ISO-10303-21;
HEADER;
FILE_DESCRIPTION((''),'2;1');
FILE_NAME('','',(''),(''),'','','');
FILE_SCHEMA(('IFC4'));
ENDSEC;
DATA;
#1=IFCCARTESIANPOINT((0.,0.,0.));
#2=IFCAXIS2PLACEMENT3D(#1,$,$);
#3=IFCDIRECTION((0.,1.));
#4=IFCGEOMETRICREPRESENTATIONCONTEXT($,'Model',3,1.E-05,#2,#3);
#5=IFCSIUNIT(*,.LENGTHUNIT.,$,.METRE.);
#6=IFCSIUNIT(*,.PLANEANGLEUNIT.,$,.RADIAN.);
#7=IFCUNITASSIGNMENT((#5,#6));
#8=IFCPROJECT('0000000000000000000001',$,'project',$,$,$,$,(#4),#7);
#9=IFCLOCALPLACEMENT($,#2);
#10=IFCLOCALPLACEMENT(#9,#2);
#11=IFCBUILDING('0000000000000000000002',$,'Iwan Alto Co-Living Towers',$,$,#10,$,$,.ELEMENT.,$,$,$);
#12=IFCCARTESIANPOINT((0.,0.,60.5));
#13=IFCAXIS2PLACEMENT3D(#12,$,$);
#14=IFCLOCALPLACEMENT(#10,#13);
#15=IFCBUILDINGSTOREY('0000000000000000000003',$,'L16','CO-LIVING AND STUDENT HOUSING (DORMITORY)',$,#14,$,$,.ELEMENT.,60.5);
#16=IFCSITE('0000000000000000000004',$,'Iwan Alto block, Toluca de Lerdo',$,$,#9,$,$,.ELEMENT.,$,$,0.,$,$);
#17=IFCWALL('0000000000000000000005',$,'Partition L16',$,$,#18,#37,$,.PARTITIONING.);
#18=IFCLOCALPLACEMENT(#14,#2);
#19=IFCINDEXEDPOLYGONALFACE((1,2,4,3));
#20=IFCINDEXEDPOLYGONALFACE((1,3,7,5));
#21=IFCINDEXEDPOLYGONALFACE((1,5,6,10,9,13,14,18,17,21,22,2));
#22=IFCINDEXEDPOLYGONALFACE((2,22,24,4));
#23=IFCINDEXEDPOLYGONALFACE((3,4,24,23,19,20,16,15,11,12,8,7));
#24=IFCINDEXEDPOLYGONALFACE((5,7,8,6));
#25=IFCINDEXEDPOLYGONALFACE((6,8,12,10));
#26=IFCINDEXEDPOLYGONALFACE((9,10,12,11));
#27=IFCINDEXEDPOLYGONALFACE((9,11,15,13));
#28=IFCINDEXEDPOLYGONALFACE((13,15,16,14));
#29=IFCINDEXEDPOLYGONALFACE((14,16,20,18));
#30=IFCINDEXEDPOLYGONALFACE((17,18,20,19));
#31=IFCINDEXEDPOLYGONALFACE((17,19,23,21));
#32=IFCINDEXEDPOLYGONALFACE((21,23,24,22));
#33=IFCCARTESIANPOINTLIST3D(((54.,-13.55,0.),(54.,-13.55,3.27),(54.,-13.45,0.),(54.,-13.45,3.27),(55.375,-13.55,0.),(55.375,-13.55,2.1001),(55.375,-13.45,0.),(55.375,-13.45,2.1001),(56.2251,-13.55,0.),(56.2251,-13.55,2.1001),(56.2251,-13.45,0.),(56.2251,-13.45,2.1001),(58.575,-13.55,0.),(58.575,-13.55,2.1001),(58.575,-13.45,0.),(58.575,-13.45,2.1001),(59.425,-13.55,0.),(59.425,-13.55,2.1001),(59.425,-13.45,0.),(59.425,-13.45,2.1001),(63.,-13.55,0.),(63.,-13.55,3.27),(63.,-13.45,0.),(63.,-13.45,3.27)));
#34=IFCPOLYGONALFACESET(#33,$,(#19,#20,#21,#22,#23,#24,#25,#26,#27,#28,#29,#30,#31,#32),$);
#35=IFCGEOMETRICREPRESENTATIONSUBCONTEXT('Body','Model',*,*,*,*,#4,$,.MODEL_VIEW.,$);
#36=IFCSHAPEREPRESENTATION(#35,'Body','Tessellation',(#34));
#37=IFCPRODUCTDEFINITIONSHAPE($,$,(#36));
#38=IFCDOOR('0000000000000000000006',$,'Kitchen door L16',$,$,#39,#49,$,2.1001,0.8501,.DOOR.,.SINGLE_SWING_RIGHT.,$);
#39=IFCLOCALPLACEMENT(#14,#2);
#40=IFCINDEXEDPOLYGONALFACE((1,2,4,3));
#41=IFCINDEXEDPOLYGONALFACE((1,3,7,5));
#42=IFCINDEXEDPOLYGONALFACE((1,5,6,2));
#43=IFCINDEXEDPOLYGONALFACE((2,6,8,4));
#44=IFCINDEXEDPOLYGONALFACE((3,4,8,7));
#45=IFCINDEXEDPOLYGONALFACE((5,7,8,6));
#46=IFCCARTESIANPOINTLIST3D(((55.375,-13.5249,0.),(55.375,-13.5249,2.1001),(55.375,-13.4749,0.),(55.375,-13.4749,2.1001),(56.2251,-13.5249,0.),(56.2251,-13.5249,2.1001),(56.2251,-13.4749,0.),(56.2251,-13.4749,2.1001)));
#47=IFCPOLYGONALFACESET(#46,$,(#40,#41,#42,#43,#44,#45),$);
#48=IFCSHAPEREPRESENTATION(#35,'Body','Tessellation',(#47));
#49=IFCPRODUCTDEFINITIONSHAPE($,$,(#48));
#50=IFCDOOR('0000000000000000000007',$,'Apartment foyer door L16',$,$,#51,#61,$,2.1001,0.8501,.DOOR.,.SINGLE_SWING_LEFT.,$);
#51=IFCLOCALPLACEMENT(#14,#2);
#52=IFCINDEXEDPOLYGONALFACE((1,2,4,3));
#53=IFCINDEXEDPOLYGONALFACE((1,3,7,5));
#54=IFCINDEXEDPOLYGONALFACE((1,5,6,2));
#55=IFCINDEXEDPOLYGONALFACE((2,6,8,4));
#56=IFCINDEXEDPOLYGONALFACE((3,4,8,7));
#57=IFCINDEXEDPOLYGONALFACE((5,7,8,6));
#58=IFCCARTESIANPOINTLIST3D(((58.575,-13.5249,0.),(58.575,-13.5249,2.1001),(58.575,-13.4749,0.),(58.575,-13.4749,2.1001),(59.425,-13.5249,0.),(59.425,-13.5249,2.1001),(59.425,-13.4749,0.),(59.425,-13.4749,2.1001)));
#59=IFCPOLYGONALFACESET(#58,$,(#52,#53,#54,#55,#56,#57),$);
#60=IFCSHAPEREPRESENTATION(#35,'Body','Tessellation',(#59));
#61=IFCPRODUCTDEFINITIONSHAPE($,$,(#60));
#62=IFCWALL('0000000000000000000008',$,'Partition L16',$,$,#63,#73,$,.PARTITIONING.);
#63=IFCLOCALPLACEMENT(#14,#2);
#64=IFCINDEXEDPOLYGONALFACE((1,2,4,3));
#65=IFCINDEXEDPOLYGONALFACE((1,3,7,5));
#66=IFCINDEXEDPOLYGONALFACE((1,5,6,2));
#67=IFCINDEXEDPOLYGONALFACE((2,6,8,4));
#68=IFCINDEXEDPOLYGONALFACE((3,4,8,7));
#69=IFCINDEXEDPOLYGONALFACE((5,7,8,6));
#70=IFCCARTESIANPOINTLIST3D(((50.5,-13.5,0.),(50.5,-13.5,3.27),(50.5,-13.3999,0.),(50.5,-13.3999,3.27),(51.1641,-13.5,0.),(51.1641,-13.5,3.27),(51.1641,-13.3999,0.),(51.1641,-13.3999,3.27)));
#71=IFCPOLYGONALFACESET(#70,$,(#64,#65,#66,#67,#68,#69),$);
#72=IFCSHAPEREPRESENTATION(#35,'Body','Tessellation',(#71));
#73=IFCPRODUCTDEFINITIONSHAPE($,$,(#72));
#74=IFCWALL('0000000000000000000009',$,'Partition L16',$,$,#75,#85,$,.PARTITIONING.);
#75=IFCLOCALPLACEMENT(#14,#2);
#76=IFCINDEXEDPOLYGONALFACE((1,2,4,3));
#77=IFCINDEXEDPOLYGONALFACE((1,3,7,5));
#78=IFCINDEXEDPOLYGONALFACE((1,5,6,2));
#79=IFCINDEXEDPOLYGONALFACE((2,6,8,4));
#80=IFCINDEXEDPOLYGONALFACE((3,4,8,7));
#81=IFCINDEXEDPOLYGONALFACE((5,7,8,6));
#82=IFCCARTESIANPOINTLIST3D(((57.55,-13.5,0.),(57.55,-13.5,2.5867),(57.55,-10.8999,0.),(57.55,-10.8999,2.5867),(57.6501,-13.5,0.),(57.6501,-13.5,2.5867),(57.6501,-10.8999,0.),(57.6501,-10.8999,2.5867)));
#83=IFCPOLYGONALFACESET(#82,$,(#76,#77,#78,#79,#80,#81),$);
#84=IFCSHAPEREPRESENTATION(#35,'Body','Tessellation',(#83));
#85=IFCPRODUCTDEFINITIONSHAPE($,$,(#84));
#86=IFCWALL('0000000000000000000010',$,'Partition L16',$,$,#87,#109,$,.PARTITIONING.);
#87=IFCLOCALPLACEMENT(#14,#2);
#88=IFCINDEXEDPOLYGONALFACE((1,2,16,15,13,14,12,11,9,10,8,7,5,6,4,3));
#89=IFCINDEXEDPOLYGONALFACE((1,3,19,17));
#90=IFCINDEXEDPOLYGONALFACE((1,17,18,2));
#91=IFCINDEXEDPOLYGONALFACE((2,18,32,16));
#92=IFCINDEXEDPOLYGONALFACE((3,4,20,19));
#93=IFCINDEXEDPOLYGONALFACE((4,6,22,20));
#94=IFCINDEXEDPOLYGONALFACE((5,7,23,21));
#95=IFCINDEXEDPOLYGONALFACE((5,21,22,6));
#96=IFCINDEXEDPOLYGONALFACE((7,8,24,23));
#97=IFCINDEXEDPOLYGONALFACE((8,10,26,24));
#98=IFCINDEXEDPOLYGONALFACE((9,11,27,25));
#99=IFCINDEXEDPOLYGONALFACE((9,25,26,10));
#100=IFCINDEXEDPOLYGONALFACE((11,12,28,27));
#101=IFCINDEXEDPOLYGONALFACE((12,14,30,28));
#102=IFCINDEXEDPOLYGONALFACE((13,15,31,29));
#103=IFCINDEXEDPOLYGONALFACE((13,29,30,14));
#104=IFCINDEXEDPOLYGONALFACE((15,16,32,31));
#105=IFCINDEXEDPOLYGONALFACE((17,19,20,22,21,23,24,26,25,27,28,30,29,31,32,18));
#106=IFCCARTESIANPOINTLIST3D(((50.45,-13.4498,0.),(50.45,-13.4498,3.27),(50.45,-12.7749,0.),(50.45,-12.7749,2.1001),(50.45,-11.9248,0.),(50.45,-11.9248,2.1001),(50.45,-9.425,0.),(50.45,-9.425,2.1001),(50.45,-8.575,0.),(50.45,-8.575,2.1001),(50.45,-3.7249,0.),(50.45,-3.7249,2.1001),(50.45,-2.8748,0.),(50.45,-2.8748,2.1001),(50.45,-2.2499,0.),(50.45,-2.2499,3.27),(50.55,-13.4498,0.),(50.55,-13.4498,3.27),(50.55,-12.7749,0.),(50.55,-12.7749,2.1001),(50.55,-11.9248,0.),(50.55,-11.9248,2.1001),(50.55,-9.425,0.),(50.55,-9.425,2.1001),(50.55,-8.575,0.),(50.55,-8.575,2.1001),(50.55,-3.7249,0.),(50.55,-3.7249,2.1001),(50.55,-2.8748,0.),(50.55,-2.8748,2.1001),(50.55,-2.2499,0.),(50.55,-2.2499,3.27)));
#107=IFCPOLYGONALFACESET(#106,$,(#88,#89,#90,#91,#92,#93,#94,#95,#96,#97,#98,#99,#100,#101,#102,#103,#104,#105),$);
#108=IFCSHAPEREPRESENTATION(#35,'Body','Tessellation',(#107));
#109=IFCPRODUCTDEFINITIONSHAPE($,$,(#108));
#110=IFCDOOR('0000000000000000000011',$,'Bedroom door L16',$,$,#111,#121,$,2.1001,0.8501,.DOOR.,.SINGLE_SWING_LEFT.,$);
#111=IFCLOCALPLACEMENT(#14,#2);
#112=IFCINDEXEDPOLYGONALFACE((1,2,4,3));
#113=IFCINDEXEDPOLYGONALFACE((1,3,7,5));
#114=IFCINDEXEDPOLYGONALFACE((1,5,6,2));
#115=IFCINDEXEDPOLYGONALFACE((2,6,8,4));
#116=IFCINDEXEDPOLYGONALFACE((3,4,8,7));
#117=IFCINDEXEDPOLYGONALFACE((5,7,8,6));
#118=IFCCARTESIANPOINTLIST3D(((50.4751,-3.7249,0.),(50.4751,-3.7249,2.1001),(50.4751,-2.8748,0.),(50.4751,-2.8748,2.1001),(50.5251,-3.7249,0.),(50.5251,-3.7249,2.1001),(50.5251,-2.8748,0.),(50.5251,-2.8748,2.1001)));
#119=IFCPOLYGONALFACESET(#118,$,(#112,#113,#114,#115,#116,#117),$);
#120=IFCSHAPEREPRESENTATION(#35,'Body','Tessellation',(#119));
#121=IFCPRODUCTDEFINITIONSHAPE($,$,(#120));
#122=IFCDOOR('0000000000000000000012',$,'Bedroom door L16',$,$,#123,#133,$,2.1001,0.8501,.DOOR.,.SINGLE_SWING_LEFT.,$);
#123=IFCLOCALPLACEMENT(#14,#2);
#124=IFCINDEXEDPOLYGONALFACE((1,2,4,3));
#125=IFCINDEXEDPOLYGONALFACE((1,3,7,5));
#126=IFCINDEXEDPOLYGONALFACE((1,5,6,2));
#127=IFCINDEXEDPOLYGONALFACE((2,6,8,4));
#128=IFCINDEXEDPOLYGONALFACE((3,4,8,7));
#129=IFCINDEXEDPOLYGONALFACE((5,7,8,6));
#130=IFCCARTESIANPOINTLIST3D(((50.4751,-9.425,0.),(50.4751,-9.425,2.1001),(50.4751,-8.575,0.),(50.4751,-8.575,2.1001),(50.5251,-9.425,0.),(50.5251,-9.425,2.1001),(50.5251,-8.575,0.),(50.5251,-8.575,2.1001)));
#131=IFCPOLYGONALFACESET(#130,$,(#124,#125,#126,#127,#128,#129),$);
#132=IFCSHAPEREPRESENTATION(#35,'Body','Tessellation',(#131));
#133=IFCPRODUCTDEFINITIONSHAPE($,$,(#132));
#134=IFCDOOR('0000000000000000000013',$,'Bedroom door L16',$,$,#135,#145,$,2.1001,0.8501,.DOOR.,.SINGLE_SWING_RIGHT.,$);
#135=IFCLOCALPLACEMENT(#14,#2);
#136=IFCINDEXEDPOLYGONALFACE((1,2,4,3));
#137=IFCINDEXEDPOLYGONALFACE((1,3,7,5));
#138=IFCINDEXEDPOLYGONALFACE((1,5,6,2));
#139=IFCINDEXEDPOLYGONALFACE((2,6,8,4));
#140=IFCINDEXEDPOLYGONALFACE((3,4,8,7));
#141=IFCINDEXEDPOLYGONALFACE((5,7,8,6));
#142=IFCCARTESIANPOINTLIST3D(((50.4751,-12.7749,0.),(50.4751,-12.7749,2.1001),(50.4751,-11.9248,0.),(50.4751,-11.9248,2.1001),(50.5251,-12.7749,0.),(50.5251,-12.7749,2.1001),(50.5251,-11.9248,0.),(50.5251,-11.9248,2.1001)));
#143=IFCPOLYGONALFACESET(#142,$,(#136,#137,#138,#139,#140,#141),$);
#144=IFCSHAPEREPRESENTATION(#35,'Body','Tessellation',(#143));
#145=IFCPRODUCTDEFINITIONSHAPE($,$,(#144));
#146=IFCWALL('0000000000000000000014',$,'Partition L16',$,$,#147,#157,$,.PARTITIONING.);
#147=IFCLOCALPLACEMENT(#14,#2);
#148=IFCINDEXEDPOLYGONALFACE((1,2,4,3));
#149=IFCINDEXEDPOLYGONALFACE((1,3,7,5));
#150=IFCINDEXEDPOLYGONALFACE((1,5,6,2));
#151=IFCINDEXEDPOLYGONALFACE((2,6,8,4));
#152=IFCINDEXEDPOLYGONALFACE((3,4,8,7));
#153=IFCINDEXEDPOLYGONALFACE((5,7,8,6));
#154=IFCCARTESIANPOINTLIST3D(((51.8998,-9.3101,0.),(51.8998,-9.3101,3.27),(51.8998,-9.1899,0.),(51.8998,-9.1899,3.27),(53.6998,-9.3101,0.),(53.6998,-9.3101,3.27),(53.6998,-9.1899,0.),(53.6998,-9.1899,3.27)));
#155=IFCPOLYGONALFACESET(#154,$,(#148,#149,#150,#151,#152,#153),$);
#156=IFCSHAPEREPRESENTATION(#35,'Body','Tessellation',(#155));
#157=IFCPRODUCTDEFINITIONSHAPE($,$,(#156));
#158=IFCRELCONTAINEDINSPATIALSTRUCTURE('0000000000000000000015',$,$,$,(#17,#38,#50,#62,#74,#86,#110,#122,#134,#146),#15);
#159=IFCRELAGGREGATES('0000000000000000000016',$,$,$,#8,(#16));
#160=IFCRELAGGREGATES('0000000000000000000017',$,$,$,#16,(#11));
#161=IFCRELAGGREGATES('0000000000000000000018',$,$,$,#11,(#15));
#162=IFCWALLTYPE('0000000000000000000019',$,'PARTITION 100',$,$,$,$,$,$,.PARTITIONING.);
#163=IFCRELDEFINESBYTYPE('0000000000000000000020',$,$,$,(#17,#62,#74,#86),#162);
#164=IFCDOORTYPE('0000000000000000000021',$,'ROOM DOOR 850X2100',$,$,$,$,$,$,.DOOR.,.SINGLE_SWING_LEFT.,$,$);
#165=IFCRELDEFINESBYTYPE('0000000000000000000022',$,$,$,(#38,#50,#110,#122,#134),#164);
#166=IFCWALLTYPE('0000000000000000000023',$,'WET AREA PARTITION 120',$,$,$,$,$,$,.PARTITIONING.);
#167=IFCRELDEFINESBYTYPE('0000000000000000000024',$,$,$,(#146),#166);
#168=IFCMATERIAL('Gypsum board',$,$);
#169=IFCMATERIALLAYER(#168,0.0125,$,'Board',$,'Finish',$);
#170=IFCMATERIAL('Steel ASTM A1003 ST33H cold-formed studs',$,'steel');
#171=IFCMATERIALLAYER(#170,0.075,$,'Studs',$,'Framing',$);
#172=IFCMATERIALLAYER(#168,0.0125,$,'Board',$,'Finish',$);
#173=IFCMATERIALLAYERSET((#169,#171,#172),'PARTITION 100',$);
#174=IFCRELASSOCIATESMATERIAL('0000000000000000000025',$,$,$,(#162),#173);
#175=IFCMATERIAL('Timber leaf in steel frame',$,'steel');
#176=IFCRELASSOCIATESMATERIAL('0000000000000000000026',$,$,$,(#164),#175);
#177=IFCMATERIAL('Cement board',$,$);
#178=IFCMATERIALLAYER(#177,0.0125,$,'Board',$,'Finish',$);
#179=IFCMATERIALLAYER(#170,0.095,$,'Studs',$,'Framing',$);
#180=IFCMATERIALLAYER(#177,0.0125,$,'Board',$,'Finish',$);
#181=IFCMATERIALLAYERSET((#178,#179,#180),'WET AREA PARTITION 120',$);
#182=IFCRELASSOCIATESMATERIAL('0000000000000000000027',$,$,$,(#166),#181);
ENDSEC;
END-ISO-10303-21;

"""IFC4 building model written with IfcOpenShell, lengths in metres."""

from ifc_helpers import new_model, si_unit, direction, frame, frame_2d, origin, place, context, subcontext, project, spatial, rectangle, extrude, material, layer, layer_set, type_object, element, fill, save


model = new_model("IFC4")

# Units and contexts
model_context = context("Model", 3, precision=1e-05, world=origin(), true_north=direction((0.0, 1.0)))
body_context = subcontext(model_context, "Body", "Model", "MODEL_VIEW")
ifc_project = project(units=[si_unit("LENGTHUNIT", "METRE"), si_unit("PLANEANGLEUNIT", "RADIAN")], contexts=[model_context])

# Site, building, storey
site_placement = place(None, origin())
site = spatial("IfcSite", under=ifc_project, at=site_placement, Name="Iwan Alto block, Toluca de Lerdo", CompositionType="ELEMENT", RefElevation=0.0)
building_placement = place(site_placement, origin())
building = spatial("IfcBuilding", under=site, at=building_placement, Name="Iwan Alto Co-Living Towers", CompositionType="ELEMENT")
storey_placement = place(building_placement, frame((0.0, 0.0, 60.5)))
storey = spatial("IfcBuildingStorey", under=building, at=storey_placement, Name="L16", Description="CO-LIVING AND STUDENT HOUSING (DORMITORY)", CompositionType="ELEMENT", Elevation=60.5)

# Wall, openings, doors
ifc_material_1 = material(Name="Gypsum board")
ifc_material_2 = material(Name="Steel ASTM A1003 ST33H cold-formed studs", Category="steel")
ifc_layer_1 = layer(ifc_material_1, 0.0125, Name="Board", Category="Finish")
ifc_layer_2 = layer(ifc_material_2, 0.075, Name="Studs", Category="Framing")
ifc_layer_3 = layer(ifc_material_1, 0.0125, Name="Board", Category="Finish")
ifc_layer_set_1 = layer_set([ifc_layer_1, ifc_layer_2, ifc_layer_3], Name="PARTITION 100")
wall_type_1 = type_object("IfcWallType", Name="PARTITION 100", PredefinedType="PARTITIONING", material=ifc_layer_set_1)
wall_1_placement = place(storey_placement, frame((54.0, -13.5, 0.0), z_axis=(0.0, 0.0, 1.0), x_axis=(1.0, 0.0, 0.0)))
wall_1 = element("IfcWall", 1, at=wall_1_placement, inside=storey, type_object=wall_type_1, Name="Partition L16", PredefinedType="PARTITIONING", context=body_context, shape_type="SweptSolid", body=[
    extrude(rectangle(XDim=9.0, YDim=0.1001, at=frame_2d((4.5, 0.0))), origin(), (0.0, 0.0, 1.0), 3.27),
])
opening_1_placement = place(wall_1_placement, frame((1.375, 0.0, 0.0)))
opening_1 = element("IfcOpeningElement", 2, at=opening_1_placement, cuts=wall_1, PredefinedType="OPENING", context=body_context, shape_type="SweptSolid", body=[
    extrude(rectangle(XDim=0.8501, YDim=2.1001, at=frame_2d((0.425, 1.05))), frame((0.0, 0.0601, 0.0), z_axis=(0.0, -1.0, 0.0), x_axis=(1.0, 0.0, 0.0)), (0.0, 0.0, 1.0), 0.1201),
])
opening_2_placement = place(wall_1_placement, frame((4.575, 0.0, 0.0)))
opening_2 = element("IfcOpeningElement", 3, at=opening_2_placement, cuts=wall_1, PredefinedType="OPENING", context=body_context, shape_type="SweptSolid", body=[
    extrude(rectangle(XDim=0.8501, YDim=2.1001, at=frame_2d((0.425, 1.05))), frame((0.0, 0.0601, 0.0), z_axis=(0.0, -1.0, 0.0), x_axis=(1.0, 0.0, 0.0)), (0.0, 0.0, 1.0), 0.1201),
])
ifc_material_3 = material(Name="Timber leaf in steel frame", Category="steel")
door_type_1 = type_object("IfcDoorType", Name="ROOM DOOR 850X2100", OperationType="SINGLE_SWING_LEFT", PredefinedType="DOOR", material=ifc_material_3)
door_1_placement = place(opening_1_placement, frame((0.8501, 0.0, 0.0), z_axis=(0.0, 0.0, 1.0), x_axis=(-1.0, 0.0, 0.0)))
door_1 = element("IfcDoor", 4, at=door_1_placement, inside=storey, type_object=door_type_1, Name="Kitchen door L16", OperationType="SINGLE_SWING_RIGHT", OverallHeight=2.1001, OverallWidth=0.8501, PredefinedType="DOOR", context=body_context, shape_type="SweptSolid", body=[
    extrude(rectangle(XDim=0.8501, YDim=2.1001, at=frame_2d((0.425, 1.05))), frame((0.0, 0.0249, 0.0), z_axis=(0.0, -1.0, 0.0), x_axis=(1.0, 0.0, 0.0)), (0.0, 0.0, 1.0), 0.05),
])
fill(opening_1, door_1)
door_2_placement = place(opening_2_placement, frame((0.8501, 0.0, 0.0), z_axis=(0.0, 0.0, 1.0), x_axis=(-1.0, 0.0, 0.0)))
door_2 = element("IfcDoor", 5, at=door_2_placement, inside=storey, type_object=door_type_1, Name="Apartment foyer door L16", OperationType="SINGLE_SWING_LEFT", OverallHeight=2.1001, OverallWidth=0.8501, PredefinedType="DOOR", context=body_context, shape_type="SweptSolid", body=[
    extrude(rectangle(XDim=0.8501, YDim=2.1001, at=frame_2d((0.425, 1.05))), frame((0.0, 0.0249, 0.0), z_axis=(0.0, -1.0, 0.0), x_axis=(1.0, 0.0, 0.0)), (0.0, 0.0, 1.0), 0.05),
])
fill(opening_2, door_2)

# Walls
wall_2_placement = place(storey_placement, frame((50.5, -13.45, 0.0), z_axis=(0.0, 0.0, 1.0), x_axis=(1.0, 0.0, 0.0)))
element("IfcWall", 6, at=wall_2_placement, inside=storey, type_object=wall_type_1, Name="Partition L16", PredefinedType="PARTITIONING", context=body_context, shape_type="SweptSolid", body=[
    extrude(rectangle(XDim=0.6641, YDim=0.1001, at=frame_2d((0.332, 0.0))), origin(), (0.0, 0.0, 1.0), 3.27),
])
wall_3_placement = place(storey_placement, frame((57.6001, -13.5, 0.0), z_axis=(0.0, 0.0, 1.0), x_axis=(0.0, 1.0, 0.0)))
element("IfcWall", 7, at=wall_3_placement, inside=storey, type_object=wall_type_1, Name="Partition L16", PredefinedType="PARTITIONING", context=body_context, shape_type="SweptSolid", body=[
    extrude(rectangle(XDim=2.6001, YDim=0.1001, at=frame_2d((1.3, 0.0))), origin(), (0.0, 0.0, 1.0), 2.5867),
])

# Wall, openings, doors
wall_4_placement = place(storey_placement, frame((50.5, -13.45, 0.0), z_axis=(0.0, 0.0, 1.0), x_axis=(0.0, 1.0, 0.0)))
wall_4 = element("IfcWall", 8, at=wall_4_placement, inside=storey, type_object=wall_type_1, Name="Partition L16", PredefinedType="PARTITIONING", context=body_context, shape_type="SweptSolid", body=[
    extrude(rectangle(XDim=11.2, YDim=0.1001, at=frame_2d((5.6001, 0.0))), origin(), (0.0, 0.0, 1.0), 3.27),
])
opening_3_placement = place(wall_4_placement, frame((9.7251, 0.0, 0.0)))
opening_3 = element("IfcOpeningElement", 9, at=opening_3_placement, cuts=wall_4, PredefinedType="OPENING", context=body_context, shape_type="SweptSolid", body=[
    extrude(rectangle(XDim=0.8501, YDim=2.1001, at=frame_2d((0.425, 1.05))), frame((0.0, 0.0601, 0.0), z_axis=(0.0, -1.0, 0.0), x_axis=(1.0, 0.0, 0.0)), (0.0, 0.0, 1.0), 0.1201),
])
opening_4_placement = place(wall_4_placement, frame((4.0249, 0.0, 0.0)))
opening_4 = element("IfcOpeningElement", 10, at=opening_4_placement, cuts=wall_4, PredefinedType="OPENING", context=body_context, shape_type="SweptSolid", body=[
    extrude(rectangle(XDim=0.8501, YDim=2.1001, at=frame_2d((0.425, 1.05))), frame((0.0, 0.0601, 0.0), z_axis=(0.0, -1.0, 0.0), x_axis=(1.0, 0.0, 0.0)), (0.0, 0.0, 1.0), 0.1201),
])
opening_5_placement = place(wall_4_placement, frame((0.675, 0.0, 0.0)))
opening_5 = element("IfcOpeningElement", 11, at=opening_5_placement, cuts=wall_4, PredefinedType="OPENING", context=body_context, shape_type="SweptSolid", body=[
    extrude(rectangle(XDim=0.8501, YDim=2.1001, at=frame_2d((0.425, 1.05))), frame((0.0, 0.0601, 0.0), z_axis=(0.0, -1.0, 0.0), x_axis=(1.0, 0.0, 0.0)), (0.0, 0.0, 1.0), 0.1201),
])
door_3_placement = place(opening_3_placement, origin())
door_3 = element("IfcDoor", 12, at=door_3_placement, inside=storey, type_object=door_type_1, Name="Bedroom door L16", OperationType="SINGLE_SWING_LEFT", OverallHeight=2.1001, OverallWidth=0.8501, PredefinedType="DOOR", context=body_context, shape_type="SweptSolid", body=[
    extrude(rectangle(XDim=0.8501, YDim=2.1001, at=frame_2d((0.425, 1.05))), frame((0.0, 0.0249, 0.0), z_axis=(0.0, -1.0, 0.0), x_axis=(1.0, 0.0, 0.0)), (0.0, 0.0, 1.0), 0.05),
])
fill(opening_3, door_3)
door_4_placement = place(opening_4_placement, origin())
door_4 = element("IfcDoor", 13, at=door_4_placement, inside=storey, type_object=door_type_1, Name="Bedroom door L16", OperationType="SINGLE_SWING_LEFT", OverallHeight=2.1001, OverallWidth=0.8501, PredefinedType="DOOR", context=body_context, shape_type="SweptSolid", body=[
    extrude(rectangle(XDim=0.8501, YDim=2.1001, at=frame_2d((0.425, 1.05))), frame((0.0, 0.0249, 0.0), z_axis=(0.0, -1.0, 0.0), x_axis=(1.0, 0.0, 0.0)), (0.0, 0.0, 1.0), 0.05),
])
fill(opening_4, door_4)
door_5_placement = place(opening_5_placement, origin())
door_5 = element("IfcDoor", 14, at=door_5_placement, inside=storey, type_object=door_type_1, Name="Bedroom door L16", OperationType="SINGLE_SWING_RIGHT", OverallHeight=2.1001, OverallWidth=0.8501, PredefinedType="DOOR", context=body_context, shape_type="SweptSolid", body=[
    extrude(rectangle(XDim=0.8501, YDim=2.1001, at=frame_2d((0.425, 1.05))), frame((0.0, 0.0249, 0.0), z_axis=(0.0, -1.0, 0.0), x_axis=(1.0, 0.0, 0.0)), (0.0, 0.0, 1.0), 0.05),
])
fill(opening_5, door_5)

# Wall
ifc_material_4 = material(Name="Cement board")
ifc_layer_4 = layer(ifc_material_4, 0.0125, Name="Board", Category="Finish")
ifc_layer_5 = layer(ifc_material_2, 0.095, Name="Studs", Category="Framing")
ifc_layer_6 = layer(ifc_material_4, 0.0125, Name="Board", Category="Finish")
ifc_layer_set_2 = layer_set([ifc_layer_4, ifc_layer_5, ifc_layer_6], Name="WET AREA PARTITION 120")
wall_type_2 = type_object("IfcWallType", Name="WET AREA PARTITION 120", PredefinedType="PARTITIONING", material=ifc_layer_set_2)
wall_5_placement = place(storey_placement, frame((51.8999, -9.25, 0.0), z_axis=(0.0, 0.0, 1.0), x_axis=(1.0, 0.0, 0.0)))
element("IfcWall", 15, at=wall_5_placement, inside=storey, type_object=wall_type_2, Name="Partition L16", PredefinedType="PARTITIONING", context=body_context, shape_type="SweptSolid", body=[
    extrude(rectangle(XDim=1.8, YDim=0.1201, at=frame_2d((0.8999, 0.0))), origin(), (0.0, 0.0, 1.0), 3.27),
])

save(model, "model.ifc")
